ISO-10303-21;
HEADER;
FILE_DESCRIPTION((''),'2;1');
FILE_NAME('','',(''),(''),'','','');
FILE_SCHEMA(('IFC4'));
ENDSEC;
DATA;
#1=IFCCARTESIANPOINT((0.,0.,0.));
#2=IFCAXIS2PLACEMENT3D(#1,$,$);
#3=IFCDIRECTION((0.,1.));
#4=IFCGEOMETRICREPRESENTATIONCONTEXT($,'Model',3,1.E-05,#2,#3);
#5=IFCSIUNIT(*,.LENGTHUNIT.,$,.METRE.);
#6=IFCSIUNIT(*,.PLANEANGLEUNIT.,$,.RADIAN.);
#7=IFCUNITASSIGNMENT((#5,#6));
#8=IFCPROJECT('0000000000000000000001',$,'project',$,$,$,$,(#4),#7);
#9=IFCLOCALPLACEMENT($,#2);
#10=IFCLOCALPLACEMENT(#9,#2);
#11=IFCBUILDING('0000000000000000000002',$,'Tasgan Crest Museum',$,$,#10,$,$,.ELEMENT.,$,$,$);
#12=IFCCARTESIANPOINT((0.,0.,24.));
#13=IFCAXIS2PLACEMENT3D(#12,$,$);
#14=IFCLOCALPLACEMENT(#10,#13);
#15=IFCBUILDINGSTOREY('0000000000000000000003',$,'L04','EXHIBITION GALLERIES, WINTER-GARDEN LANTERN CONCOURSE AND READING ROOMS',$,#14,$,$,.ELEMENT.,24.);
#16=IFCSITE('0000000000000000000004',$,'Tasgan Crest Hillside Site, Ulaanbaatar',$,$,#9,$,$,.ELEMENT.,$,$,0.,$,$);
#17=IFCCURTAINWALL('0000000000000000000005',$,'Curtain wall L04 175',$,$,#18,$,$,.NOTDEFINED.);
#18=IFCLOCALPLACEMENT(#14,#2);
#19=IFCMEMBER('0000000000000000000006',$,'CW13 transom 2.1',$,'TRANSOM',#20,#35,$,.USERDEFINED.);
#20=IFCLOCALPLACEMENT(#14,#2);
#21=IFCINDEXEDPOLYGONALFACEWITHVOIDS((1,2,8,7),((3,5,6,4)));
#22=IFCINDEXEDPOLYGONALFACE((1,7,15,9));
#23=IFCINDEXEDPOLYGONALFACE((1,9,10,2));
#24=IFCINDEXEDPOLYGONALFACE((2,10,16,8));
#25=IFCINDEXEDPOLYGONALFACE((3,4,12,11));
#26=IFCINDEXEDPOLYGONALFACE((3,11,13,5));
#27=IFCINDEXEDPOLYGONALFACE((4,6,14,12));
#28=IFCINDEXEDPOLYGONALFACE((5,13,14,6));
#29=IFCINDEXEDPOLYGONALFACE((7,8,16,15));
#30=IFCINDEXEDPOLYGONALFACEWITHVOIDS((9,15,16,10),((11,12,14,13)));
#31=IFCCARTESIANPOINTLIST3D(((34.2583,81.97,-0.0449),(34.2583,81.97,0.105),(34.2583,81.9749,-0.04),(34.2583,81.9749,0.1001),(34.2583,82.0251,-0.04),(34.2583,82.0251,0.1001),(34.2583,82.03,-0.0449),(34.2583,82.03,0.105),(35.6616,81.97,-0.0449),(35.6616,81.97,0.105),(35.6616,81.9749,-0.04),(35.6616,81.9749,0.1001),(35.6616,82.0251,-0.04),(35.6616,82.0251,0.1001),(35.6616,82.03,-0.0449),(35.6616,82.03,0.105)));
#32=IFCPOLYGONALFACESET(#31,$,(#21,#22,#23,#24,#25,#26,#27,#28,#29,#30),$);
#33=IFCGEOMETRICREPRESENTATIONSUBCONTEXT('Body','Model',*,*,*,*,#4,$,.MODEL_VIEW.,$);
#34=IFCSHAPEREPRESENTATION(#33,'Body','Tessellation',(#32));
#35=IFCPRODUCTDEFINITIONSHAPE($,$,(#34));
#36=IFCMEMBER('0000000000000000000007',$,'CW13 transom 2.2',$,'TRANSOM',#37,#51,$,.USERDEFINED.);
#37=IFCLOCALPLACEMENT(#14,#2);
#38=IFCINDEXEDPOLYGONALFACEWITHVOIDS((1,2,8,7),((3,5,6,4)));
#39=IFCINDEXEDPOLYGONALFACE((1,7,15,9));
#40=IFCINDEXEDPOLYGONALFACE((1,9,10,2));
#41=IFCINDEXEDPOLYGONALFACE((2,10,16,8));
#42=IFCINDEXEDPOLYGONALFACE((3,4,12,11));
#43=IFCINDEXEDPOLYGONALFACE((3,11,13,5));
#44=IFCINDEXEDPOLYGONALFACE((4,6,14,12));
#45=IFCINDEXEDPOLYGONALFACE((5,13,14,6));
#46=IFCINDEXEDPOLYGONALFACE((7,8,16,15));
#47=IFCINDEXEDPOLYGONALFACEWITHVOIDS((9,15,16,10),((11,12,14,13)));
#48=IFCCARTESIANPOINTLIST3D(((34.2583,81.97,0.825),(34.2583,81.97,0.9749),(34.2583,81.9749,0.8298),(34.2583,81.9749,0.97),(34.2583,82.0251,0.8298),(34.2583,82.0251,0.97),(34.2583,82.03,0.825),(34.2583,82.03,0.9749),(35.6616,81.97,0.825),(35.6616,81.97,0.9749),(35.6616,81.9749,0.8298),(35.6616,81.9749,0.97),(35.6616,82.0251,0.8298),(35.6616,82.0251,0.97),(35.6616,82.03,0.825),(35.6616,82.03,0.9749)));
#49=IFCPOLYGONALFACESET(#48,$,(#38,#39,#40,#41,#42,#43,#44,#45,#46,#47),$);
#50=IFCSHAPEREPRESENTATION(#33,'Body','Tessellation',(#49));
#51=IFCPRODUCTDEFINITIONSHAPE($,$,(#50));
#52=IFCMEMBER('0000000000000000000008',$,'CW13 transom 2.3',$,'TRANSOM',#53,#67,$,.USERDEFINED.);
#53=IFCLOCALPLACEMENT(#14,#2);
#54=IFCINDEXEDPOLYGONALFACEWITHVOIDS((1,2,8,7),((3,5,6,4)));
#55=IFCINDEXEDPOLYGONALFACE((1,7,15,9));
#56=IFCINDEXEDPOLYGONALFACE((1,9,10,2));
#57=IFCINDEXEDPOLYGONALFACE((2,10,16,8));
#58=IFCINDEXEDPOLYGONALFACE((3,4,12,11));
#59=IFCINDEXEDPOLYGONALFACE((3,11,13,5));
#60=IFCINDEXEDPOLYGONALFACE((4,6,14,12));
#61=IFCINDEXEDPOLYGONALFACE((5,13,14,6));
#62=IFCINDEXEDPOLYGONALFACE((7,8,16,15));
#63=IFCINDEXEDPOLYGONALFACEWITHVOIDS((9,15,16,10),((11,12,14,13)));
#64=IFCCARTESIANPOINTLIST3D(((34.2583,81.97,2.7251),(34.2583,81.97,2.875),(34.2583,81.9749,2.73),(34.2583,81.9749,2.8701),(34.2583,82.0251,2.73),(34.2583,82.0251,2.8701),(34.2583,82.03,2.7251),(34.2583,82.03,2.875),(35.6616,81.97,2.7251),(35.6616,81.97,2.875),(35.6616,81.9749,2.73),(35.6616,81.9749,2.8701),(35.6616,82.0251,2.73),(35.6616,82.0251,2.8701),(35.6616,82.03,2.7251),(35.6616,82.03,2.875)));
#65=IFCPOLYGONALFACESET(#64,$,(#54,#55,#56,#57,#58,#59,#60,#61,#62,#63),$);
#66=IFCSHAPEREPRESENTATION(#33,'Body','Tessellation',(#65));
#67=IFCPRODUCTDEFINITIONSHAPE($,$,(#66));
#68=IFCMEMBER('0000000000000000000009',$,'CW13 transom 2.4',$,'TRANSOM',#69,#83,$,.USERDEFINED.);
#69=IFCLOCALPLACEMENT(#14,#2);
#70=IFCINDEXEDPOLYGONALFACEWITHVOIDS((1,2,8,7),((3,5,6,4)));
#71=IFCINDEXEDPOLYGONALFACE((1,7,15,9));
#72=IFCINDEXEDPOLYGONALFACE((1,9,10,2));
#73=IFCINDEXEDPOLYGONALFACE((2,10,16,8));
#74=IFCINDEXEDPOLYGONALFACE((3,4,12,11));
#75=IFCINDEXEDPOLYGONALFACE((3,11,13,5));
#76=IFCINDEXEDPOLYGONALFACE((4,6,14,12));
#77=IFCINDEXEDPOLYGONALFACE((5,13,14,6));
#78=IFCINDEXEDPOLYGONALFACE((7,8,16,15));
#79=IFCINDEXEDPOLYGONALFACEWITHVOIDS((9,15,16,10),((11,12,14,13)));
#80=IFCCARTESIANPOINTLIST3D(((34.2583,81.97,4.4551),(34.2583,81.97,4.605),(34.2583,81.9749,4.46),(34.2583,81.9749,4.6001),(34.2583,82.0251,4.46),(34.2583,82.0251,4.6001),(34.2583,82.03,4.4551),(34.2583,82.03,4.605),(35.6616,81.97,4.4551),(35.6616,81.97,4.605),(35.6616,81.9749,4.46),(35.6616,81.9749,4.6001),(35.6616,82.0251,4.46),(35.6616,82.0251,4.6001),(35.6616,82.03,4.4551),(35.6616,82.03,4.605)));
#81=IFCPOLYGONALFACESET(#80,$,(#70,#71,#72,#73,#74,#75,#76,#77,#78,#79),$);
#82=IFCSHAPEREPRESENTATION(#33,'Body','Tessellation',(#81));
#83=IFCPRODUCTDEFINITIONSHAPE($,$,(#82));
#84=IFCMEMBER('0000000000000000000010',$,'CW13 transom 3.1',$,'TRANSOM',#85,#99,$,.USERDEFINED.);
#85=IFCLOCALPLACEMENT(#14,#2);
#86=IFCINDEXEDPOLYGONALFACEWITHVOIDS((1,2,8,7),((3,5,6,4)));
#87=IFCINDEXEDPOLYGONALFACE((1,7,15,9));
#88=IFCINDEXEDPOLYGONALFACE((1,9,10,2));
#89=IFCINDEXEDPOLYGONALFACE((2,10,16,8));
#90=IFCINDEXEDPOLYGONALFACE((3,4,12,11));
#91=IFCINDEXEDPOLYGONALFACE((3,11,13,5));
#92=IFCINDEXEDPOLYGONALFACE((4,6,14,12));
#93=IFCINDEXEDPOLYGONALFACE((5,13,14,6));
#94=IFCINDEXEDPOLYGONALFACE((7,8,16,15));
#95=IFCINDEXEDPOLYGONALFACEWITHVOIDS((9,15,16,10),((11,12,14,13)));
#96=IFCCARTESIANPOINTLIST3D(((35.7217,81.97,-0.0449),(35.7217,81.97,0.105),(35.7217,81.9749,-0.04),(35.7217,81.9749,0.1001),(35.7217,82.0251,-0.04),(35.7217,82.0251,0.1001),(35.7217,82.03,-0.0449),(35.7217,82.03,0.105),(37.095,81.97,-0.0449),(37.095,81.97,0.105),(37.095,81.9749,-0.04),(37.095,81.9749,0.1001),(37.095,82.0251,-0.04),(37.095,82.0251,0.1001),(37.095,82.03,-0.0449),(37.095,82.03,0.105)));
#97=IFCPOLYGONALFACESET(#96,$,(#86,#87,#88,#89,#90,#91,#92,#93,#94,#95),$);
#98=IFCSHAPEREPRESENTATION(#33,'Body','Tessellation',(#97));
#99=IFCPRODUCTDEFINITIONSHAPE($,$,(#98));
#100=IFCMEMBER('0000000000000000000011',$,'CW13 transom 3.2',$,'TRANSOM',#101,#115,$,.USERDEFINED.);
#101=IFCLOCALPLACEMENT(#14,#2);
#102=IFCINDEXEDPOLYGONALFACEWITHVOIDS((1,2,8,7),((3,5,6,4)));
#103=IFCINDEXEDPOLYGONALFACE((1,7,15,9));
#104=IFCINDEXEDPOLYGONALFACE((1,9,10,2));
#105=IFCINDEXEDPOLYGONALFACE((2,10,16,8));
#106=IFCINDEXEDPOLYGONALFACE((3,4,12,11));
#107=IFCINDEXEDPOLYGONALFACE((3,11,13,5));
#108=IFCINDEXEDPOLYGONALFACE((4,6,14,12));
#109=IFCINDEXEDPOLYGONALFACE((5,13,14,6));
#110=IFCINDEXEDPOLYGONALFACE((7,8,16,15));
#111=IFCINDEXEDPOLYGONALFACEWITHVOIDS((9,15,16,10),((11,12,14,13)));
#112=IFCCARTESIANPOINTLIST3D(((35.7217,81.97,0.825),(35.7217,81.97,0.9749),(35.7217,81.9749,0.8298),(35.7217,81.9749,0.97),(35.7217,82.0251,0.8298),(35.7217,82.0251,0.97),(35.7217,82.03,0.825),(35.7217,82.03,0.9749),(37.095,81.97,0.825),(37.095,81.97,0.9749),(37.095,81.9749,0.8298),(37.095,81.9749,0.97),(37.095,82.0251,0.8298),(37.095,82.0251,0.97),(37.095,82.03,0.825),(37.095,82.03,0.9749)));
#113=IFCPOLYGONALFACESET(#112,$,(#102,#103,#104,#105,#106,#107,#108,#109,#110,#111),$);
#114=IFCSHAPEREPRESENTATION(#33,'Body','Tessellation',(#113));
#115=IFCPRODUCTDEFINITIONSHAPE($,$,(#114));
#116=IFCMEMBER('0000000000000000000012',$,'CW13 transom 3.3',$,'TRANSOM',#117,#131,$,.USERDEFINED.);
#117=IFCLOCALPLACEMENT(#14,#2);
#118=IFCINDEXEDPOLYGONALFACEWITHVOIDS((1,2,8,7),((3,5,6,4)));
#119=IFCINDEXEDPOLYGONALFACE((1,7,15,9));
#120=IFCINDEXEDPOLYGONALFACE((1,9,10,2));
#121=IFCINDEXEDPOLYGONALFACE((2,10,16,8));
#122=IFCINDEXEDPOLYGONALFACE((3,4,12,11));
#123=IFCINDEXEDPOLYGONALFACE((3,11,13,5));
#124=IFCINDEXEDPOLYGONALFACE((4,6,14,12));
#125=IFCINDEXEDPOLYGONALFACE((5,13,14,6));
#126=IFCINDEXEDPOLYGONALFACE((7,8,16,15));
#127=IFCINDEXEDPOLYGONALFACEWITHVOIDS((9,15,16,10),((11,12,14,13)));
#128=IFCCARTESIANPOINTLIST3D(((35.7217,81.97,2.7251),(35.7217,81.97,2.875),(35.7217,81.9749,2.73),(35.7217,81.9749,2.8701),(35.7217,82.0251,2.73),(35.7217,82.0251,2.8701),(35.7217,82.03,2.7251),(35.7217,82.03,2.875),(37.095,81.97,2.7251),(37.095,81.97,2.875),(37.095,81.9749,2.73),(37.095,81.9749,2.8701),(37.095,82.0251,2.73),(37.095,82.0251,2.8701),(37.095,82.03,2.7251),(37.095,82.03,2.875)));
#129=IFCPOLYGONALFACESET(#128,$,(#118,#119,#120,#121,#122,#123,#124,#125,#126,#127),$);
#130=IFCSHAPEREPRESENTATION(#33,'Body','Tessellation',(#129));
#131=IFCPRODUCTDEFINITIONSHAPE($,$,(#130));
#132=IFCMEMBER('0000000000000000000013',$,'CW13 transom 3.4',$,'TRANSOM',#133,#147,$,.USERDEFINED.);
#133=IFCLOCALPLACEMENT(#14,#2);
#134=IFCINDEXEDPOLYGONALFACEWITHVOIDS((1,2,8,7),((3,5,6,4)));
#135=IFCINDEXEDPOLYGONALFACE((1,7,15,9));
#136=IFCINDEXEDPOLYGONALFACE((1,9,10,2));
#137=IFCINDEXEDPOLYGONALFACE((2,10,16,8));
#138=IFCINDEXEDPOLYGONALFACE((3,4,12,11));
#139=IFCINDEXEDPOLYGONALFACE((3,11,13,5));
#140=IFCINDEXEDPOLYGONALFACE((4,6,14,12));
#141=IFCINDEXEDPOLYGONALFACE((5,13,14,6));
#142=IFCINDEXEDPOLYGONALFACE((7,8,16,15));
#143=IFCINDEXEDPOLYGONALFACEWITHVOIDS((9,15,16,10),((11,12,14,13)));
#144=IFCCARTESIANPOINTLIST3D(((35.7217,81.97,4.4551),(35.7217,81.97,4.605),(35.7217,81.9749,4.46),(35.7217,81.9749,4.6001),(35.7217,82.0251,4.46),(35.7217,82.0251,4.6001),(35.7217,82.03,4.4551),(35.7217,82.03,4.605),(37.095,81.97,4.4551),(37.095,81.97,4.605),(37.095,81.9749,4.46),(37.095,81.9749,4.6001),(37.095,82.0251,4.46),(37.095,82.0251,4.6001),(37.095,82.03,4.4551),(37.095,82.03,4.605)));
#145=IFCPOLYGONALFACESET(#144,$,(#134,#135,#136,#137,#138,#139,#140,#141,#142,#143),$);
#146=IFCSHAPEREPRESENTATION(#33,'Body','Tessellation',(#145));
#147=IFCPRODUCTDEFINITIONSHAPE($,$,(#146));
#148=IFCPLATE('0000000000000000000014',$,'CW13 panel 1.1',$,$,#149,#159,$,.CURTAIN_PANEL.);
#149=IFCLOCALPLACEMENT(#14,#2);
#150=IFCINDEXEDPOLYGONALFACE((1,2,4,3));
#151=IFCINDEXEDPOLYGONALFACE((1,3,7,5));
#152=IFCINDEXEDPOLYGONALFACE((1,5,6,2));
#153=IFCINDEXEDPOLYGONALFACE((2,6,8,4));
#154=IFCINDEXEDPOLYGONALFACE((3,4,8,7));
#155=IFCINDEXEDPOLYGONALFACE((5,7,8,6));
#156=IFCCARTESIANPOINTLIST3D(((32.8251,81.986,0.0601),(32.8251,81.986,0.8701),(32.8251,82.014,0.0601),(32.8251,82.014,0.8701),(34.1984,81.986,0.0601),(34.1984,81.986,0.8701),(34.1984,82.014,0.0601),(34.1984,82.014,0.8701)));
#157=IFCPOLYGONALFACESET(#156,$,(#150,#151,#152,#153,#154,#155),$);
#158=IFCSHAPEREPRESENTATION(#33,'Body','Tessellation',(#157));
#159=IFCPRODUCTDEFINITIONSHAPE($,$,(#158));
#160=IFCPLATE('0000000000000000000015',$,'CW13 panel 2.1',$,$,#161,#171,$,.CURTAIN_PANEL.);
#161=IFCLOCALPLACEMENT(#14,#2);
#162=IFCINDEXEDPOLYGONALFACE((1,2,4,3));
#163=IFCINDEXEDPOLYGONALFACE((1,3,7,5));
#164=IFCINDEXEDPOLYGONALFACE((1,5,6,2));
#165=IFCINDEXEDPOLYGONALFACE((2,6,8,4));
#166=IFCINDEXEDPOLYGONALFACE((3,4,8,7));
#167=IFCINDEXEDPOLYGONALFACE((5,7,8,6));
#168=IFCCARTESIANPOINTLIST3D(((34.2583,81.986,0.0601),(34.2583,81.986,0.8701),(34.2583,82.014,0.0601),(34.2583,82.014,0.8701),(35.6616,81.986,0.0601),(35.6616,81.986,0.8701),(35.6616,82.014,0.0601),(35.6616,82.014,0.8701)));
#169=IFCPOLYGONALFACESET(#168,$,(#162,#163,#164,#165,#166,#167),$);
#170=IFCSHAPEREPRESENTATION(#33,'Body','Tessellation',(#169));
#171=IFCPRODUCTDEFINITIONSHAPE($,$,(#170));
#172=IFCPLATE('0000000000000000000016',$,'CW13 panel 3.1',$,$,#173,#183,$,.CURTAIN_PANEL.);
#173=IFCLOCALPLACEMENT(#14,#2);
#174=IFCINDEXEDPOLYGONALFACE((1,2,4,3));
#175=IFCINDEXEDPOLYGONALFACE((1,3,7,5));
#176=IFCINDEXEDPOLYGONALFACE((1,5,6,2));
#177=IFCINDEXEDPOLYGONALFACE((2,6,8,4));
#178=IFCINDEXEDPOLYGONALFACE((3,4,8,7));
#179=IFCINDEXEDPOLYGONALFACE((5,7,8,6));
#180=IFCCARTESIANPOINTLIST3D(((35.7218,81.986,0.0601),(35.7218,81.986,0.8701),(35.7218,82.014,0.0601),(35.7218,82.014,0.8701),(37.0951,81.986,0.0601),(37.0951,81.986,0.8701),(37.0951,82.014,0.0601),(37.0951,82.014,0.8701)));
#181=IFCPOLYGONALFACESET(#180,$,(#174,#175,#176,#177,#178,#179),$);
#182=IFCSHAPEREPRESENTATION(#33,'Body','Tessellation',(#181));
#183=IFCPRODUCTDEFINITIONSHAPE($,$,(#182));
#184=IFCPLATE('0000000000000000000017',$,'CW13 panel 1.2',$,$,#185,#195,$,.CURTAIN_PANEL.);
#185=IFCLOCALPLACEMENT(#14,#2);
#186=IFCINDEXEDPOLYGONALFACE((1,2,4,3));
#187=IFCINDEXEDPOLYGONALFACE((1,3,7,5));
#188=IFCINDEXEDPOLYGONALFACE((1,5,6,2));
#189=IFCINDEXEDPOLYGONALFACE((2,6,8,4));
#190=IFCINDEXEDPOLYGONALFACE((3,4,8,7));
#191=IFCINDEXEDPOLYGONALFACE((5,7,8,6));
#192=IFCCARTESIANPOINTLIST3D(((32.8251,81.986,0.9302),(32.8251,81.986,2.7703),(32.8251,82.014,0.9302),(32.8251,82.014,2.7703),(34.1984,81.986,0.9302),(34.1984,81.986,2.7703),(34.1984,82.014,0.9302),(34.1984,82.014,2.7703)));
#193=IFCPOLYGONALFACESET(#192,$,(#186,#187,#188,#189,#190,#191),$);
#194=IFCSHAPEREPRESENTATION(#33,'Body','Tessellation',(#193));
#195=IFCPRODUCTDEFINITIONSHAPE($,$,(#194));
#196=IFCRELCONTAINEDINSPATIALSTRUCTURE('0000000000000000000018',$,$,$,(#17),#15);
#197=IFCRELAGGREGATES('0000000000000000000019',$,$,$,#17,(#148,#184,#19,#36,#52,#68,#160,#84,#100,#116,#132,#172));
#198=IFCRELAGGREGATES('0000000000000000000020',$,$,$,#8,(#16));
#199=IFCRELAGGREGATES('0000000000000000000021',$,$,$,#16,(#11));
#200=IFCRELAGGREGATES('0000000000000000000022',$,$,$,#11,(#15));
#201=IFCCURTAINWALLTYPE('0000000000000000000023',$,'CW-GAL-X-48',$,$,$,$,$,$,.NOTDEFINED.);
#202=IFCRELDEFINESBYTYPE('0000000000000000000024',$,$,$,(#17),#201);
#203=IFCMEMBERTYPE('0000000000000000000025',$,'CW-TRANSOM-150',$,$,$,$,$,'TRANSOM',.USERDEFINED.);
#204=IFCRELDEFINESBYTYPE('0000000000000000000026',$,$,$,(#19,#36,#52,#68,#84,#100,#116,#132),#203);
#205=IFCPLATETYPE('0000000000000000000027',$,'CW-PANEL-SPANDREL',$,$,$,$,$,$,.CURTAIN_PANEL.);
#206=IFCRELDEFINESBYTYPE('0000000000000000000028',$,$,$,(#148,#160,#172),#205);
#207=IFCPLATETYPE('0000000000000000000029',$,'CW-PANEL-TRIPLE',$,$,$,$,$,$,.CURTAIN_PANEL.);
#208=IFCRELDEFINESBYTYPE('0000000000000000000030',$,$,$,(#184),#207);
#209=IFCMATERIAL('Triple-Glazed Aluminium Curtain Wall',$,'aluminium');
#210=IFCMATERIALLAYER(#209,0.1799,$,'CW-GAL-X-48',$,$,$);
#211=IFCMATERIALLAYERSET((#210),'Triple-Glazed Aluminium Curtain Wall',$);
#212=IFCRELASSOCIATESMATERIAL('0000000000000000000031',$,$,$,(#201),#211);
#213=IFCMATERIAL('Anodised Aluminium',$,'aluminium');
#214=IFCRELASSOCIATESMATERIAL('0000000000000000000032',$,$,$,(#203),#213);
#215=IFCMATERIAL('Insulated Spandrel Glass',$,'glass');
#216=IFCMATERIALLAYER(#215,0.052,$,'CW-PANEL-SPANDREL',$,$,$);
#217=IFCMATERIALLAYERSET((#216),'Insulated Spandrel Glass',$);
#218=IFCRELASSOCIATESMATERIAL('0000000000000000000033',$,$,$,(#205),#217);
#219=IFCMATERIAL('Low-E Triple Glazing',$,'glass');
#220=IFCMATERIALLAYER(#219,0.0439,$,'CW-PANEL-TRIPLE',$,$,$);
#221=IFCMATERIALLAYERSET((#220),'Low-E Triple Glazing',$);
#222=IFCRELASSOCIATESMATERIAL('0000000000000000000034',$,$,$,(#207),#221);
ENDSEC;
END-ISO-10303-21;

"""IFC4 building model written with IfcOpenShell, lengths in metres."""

from ifc_helpers import new_model, si_unit, direction, frame, origin, origin_2d, place, context, subcontext, project, spatial, rectangle, hollow_rectangle, extrude, material, layer, layer_set, material_profile, profile_set, type_object, element, aggregate, save


model = new_model("IFC4")

# Units and contexts
model_context = context("Model", 3, precision=1e-05, world=origin(), true_north=direction((0.0, 1.0)))
body_context = subcontext(model_context, "Body", "Model", "MODEL_VIEW")
ifc_project = project(units=[si_unit("LENGTHUNIT", "METRE"), si_unit("PLANEANGLEUNIT", "RADIAN")], contexts=[model_context])

# Site, building, storey
site_placement = place(None, origin())
site = spatial("IfcSite", under=ifc_project, at=site_placement, Name="Tasgan Crest Hillside Site, Ulaanbaatar", CompositionType="ELEMENT", RefElevation=0.0)
building_placement = place(site_placement, origin())
building = spatial("IfcBuilding", under=site, at=building_placement, Name="Tasgan Crest Museum", CompositionType="ELEMENT")
storey_placement = place(building_placement, frame((0.0, 0.0, 24.0)))
storey = spatial("IfcBuildingStorey", under=building, at=storey_placement, Name="L04", Description="EXHIBITION GALLERIES, WINTER-GARDEN LANTERN CONCOURSE AND READING ROOMS", CompositionType="ELEMENT", Elevation=24.0)

# Curtain wall
ifc_material_1 = material(Name="Triple-Glazed Aluminium Curtain Wall", Category="aluminium")
ifc_layer_1 = layer(ifc_material_1, 0.1799, Name="CW-GAL-X-48")
ifc_layer_set_1 = layer_set([ifc_layer_1], Name="Triple-Glazed Aluminium Curtain Wall")
curtain_wall_type = type_object("IfcCurtainWallType", Name="CW-GAL-X-48", PredefinedType="NOTDEFINED", material=ifc_layer_set_1)
curtain_wall_1_placement = place(storey_placement, origin())
curtain_wall_1 = element("IfcCurtainWall", 1, at=curtain_wall_1_placement, inside=storey, type_object=curtain_wall_type, Name="Curtain wall L04 175", PredefinedType="NOTDEFINED")

# Members
ifc_material_2 = material(Name="Anodised Aluminium", Category="aluminium")
ifc_material_profile_1 = material_profile(ifc_material_2, hollow_rectangle(XDim=0.0601, YDim=0.1499, WallThickness=0.0049, at=origin_2d()), Name="ALU TRANSOM 150x60x5")
ifc_profile_set_1 = profile_set([ifc_material_profile_1], Name="Anodised Aluminium")
member_type_1 = type_object("IfcMemberType", Name="CW-TRANSOM-150", ElementType="TRANSOM", PredefinedType="USERDEFINED", material=ifc_profile_set_1)
member_1_placement = place(storey_placement, frame((34.2583, 82.0, 0.03), z_axis=(1.0, 0.0, 0.0), x_axis=(0.0, 1.0, 0.0)))
member_1 = element("IfcMember", 2, at=member_1_placement, type_object=member_type_1, Name="CW13 transom 2.1", ObjectType="TRANSOM", PredefinedType="USERDEFINED", context=body_context, shape_type="SweptSolid", body=[
    extrude(hollow_rectangle(XDim=0.0601, YDim=0.1499, WallThickness=0.0049, at=origin_2d()), origin(), (0.0, 0.0, 1.0), 1.4033),
])
member_2_placement = place(storey_placement, frame((34.2583, 82.0, 0.8999), z_axis=(1.0, 0.0, 0.0), x_axis=(0.0, 1.0, 0.0)))
member_2 = element("IfcMember", 3, at=member_2_placement, type_object=member_type_1, Name="CW13 transom 2.2", ObjectType="TRANSOM", PredefinedType="USERDEFINED", context=body_context, shape_type="SweptSolid", body=[
    extrude(hollow_rectangle(XDim=0.0601, YDim=0.1499, WallThickness=0.0049, at=origin_2d()), origin(), (0.0, 0.0, 1.0), 1.4033),
])
member_3_placement = place(storey_placement, frame((34.2583, 82.0, 2.8), z_axis=(1.0, 0.0, 0.0), x_axis=(0.0, 1.0, 0.0)))
member_3 = element("IfcMember", 4, at=member_3_placement, type_object=member_type_1, Name="CW13 transom 2.3", ObjectType="TRANSOM", PredefinedType="USERDEFINED", context=body_context, shape_type="SweptSolid", body=[
    extrude(hollow_rectangle(XDim=0.0601, YDim=0.1499, WallThickness=0.0049, at=origin_2d()), origin(), (0.0, 0.0, 1.0), 1.4033),
])
member_4_placement = place(storey_placement, frame((34.2583, 82.0, 4.53), z_axis=(1.0, 0.0, 0.0), x_axis=(0.0, 1.0, 0.0)))
member_4 = element("IfcMember", 5, at=member_4_placement, type_object=member_type_1, Name="CW13 transom 2.4", ObjectType="TRANSOM", PredefinedType="USERDEFINED", context=body_context, shape_type="SweptSolid", body=[
    extrude(hollow_rectangle(XDim=0.0601, YDim=0.1499, WallThickness=0.0049, at=origin_2d()), origin(), (0.0, 0.0, 1.0), 1.4033),
])
member_5_placement = place(storey_placement, frame((35.7217, 82.0, 0.03), z_axis=(1.0, 0.0, 0.0), x_axis=(0.0, 1.0, 0.0)))
member_5 = element("IfcMember", 6, at=member_5_placement, type_object=member_type_1, Name="CW13 transom 3.1", ObjectType="TRANSOM", PredefinedType="USERDEFINED", context=body_context, shape_type="SweptSolid", body=[
    extrude(hollow_rectangle(XDim=0.0601, YDim=0.1499, WallThickness=0.0049, at=origin_2d()), origin(), (0.0, 0.0, 1.0), 1.3733),
])
member_6_placement = place(storey_placement, frame((35.7217, 82.0, 0.8999), z_axis=(1.0, 0.0, 0.0), x_axis=(0.0, 1.0, 0.0)))
member_6 = element("IfcMember", 7, at=member_6_placement, type_object=member_type_1, Name="CW13 transom 3.2", ObjectType="TRANSOM", PredefinedType="USERDEFINED", context=body_context, shape_type="SweptSolid", body=[
    extrude(hollow_rectangle(XDim=0.0601, YDim=0.1499, WallThickness=0.0049, at=origin_2d()), origin(), (0.0, 0.0, 1.0), 1.3733),
])
member_7_placement = place(storey_placement, frame((35.7217, 82.0, 2.8), z_axis=(1.0, 0.0, 0.0), x_axis=(0.0, 1.0, 0.0)))
member_7 = element("IfcMember", 8, at=member_7_placement, type_object=member_type_1, Name="CW13 transom 3.3", ObjectType="TRANSOM", PredefinedType="USERDEFINED", context=body_context, shape_type="SweptSolid", body=[
    extrude(hollow_rectangle(XDim=0.0601, YDim=0.1499, WallThickness=0.0049, at=origin_2d()), origin(), (0.0, 0.0, 1.0), 1.3733),
])
member_8_placement = place(storey_placement, frame((35.7217, 82.0, 4.53), z_axis=(1.0, 0.0, 0.0), x_axis=(0.0, 1.0, 0.0)))
member_8 = element("IfcMember", 9, at=member_8_placement, type_object=member_type_1, Name="CW13 transom 3.4", ObjectType="TRANSOM", PredefinedType="USERDEFINED", context=body_context, shape_type="SweptSolid", body=[
    extrude(hollow_rectangle(XDim=0.0601, YDim=0.1499, WallThickness=0.0049, at=origin_2d()), origin(), (0.0, 0.0, 1.0), 1.3733),
])

# Plates
ifc_material_3 = material(Name="Insulated Spandrel Glass", Category="glass")
ifc_layer_2 = layer(ifc_material_3, 0.052, Name="CW-PANEL-SPANDREL")
ifc_layer_set_2 = layer_set([ifc_layer_2], Name="Insulated Spandrel Glass")
plate_type_1 = type_object("IfcPlateType", Name="CW-PANEL-SPANDREL", PredefinedType="CURTAIN_PANEL", material=ifc_layer_set_2)
plate_1_placement = place(storey_placement, frame((33.5117, 82.0, 0.0601), z_axis=(0.0, 0.0, 1.0), x_axis=(1.0, 0.0, 0.0)))
plate_1 = element("IfcPlate", 10, at=plate_1_placement, type_object=plate_type_1, Name="CW13 panel 1.1", PredefinedType="CURTAIN_PANEL", context=body_context, shape_type="SweptSolid", body=[
    extrude(rectangle(XDim=1.3733, YDim=0.0281, at=origin_2d()), origin(), (0.0, 0.0, 1.0), 0.8101),
])
plate_2_placement = place(storey_placement, frame((34.96, 82.0, 0.0601), z_axis=(0.0, 0.0, 1.0), x_axis=(1.0, 0.0, 0.0)))
plate_2 = element("IfcPlate", 11, at=plate_2_placement, type_object=plate_type_1, Name="CW13 panel 2.1", PredefinedType="CURTAIN_PANEL", context=body_context, shape_type="SweptSolid", body=[
    extrude(rectangle(XDim=1.4033, YDim=0.0281, at=origin_2d()), origin(), (0.0, 0.0, 1.0), 0.8101),
])
plate_3_placement = place(storey_placement, frame((36.4084, 82.0, 0.0601), z_axis=(0.0, 0.0, 1.0), x_axis=(1.0, 0.0, 0.0)))
plate_3 = element("IfcPlate", 12, at=plate_3_placement, type_object=plate_type_1, Name="CW13 panel 3.1", PredefinedType="CURTAIN_PANEL", context=body_context, shape_type="SweptSolid", body=[
    extrude(rectangle(XDim=1.3733, YDim=0.0281, at=origin_2d()), origin(), (0.0, 0.0, 1.0), 0.8101),
])
ifc_material_4 = material(Name="Low-E Triple Glazing", Category="glass")
ifc_layer_3 = layer(ifc_material_4, 0.0439, Name="CW-PANEL-TRIPLE")
ifc_layer_set_3 = layer_set([ifc_layer_3], Name="Low-E Triple Glazing")
plate_type_2 = type_object("IfcPlateType", Name="CW-PANEL-TRIPLE", PredefinedType="CURTAIN_PANEL", material=ifc_layer_set_3)
plate_4_placement = place(storey_placement, frame((33.5117, 82.0, 0.9302), z_axis=(0.0, 0.0, 1.0), x_axis=(1.0, 0.0, 0.0)))
plate_4 = element("IfcPlate", 13, at=plate_4_placement, type_object=plate_type_2, Name="CW13 panel 1.2", PredefinedType="CURTAIN_PANEL", context=body_context, shape_type="SweptSolid", body=[
    extrude(rectangle(XDim=1.3733, YDim=0.0281, at=origin_2d()), origin(), (0.0, 0.0, 1.0), 1.8401),
])
aggregate(curtain_wall_1, [plate_1, plate_4, member_1, member_2, member_3, member_4, plate_2, member_5, member_6, member_7, member_8, plate_3])

save(model, "model.ifc")
